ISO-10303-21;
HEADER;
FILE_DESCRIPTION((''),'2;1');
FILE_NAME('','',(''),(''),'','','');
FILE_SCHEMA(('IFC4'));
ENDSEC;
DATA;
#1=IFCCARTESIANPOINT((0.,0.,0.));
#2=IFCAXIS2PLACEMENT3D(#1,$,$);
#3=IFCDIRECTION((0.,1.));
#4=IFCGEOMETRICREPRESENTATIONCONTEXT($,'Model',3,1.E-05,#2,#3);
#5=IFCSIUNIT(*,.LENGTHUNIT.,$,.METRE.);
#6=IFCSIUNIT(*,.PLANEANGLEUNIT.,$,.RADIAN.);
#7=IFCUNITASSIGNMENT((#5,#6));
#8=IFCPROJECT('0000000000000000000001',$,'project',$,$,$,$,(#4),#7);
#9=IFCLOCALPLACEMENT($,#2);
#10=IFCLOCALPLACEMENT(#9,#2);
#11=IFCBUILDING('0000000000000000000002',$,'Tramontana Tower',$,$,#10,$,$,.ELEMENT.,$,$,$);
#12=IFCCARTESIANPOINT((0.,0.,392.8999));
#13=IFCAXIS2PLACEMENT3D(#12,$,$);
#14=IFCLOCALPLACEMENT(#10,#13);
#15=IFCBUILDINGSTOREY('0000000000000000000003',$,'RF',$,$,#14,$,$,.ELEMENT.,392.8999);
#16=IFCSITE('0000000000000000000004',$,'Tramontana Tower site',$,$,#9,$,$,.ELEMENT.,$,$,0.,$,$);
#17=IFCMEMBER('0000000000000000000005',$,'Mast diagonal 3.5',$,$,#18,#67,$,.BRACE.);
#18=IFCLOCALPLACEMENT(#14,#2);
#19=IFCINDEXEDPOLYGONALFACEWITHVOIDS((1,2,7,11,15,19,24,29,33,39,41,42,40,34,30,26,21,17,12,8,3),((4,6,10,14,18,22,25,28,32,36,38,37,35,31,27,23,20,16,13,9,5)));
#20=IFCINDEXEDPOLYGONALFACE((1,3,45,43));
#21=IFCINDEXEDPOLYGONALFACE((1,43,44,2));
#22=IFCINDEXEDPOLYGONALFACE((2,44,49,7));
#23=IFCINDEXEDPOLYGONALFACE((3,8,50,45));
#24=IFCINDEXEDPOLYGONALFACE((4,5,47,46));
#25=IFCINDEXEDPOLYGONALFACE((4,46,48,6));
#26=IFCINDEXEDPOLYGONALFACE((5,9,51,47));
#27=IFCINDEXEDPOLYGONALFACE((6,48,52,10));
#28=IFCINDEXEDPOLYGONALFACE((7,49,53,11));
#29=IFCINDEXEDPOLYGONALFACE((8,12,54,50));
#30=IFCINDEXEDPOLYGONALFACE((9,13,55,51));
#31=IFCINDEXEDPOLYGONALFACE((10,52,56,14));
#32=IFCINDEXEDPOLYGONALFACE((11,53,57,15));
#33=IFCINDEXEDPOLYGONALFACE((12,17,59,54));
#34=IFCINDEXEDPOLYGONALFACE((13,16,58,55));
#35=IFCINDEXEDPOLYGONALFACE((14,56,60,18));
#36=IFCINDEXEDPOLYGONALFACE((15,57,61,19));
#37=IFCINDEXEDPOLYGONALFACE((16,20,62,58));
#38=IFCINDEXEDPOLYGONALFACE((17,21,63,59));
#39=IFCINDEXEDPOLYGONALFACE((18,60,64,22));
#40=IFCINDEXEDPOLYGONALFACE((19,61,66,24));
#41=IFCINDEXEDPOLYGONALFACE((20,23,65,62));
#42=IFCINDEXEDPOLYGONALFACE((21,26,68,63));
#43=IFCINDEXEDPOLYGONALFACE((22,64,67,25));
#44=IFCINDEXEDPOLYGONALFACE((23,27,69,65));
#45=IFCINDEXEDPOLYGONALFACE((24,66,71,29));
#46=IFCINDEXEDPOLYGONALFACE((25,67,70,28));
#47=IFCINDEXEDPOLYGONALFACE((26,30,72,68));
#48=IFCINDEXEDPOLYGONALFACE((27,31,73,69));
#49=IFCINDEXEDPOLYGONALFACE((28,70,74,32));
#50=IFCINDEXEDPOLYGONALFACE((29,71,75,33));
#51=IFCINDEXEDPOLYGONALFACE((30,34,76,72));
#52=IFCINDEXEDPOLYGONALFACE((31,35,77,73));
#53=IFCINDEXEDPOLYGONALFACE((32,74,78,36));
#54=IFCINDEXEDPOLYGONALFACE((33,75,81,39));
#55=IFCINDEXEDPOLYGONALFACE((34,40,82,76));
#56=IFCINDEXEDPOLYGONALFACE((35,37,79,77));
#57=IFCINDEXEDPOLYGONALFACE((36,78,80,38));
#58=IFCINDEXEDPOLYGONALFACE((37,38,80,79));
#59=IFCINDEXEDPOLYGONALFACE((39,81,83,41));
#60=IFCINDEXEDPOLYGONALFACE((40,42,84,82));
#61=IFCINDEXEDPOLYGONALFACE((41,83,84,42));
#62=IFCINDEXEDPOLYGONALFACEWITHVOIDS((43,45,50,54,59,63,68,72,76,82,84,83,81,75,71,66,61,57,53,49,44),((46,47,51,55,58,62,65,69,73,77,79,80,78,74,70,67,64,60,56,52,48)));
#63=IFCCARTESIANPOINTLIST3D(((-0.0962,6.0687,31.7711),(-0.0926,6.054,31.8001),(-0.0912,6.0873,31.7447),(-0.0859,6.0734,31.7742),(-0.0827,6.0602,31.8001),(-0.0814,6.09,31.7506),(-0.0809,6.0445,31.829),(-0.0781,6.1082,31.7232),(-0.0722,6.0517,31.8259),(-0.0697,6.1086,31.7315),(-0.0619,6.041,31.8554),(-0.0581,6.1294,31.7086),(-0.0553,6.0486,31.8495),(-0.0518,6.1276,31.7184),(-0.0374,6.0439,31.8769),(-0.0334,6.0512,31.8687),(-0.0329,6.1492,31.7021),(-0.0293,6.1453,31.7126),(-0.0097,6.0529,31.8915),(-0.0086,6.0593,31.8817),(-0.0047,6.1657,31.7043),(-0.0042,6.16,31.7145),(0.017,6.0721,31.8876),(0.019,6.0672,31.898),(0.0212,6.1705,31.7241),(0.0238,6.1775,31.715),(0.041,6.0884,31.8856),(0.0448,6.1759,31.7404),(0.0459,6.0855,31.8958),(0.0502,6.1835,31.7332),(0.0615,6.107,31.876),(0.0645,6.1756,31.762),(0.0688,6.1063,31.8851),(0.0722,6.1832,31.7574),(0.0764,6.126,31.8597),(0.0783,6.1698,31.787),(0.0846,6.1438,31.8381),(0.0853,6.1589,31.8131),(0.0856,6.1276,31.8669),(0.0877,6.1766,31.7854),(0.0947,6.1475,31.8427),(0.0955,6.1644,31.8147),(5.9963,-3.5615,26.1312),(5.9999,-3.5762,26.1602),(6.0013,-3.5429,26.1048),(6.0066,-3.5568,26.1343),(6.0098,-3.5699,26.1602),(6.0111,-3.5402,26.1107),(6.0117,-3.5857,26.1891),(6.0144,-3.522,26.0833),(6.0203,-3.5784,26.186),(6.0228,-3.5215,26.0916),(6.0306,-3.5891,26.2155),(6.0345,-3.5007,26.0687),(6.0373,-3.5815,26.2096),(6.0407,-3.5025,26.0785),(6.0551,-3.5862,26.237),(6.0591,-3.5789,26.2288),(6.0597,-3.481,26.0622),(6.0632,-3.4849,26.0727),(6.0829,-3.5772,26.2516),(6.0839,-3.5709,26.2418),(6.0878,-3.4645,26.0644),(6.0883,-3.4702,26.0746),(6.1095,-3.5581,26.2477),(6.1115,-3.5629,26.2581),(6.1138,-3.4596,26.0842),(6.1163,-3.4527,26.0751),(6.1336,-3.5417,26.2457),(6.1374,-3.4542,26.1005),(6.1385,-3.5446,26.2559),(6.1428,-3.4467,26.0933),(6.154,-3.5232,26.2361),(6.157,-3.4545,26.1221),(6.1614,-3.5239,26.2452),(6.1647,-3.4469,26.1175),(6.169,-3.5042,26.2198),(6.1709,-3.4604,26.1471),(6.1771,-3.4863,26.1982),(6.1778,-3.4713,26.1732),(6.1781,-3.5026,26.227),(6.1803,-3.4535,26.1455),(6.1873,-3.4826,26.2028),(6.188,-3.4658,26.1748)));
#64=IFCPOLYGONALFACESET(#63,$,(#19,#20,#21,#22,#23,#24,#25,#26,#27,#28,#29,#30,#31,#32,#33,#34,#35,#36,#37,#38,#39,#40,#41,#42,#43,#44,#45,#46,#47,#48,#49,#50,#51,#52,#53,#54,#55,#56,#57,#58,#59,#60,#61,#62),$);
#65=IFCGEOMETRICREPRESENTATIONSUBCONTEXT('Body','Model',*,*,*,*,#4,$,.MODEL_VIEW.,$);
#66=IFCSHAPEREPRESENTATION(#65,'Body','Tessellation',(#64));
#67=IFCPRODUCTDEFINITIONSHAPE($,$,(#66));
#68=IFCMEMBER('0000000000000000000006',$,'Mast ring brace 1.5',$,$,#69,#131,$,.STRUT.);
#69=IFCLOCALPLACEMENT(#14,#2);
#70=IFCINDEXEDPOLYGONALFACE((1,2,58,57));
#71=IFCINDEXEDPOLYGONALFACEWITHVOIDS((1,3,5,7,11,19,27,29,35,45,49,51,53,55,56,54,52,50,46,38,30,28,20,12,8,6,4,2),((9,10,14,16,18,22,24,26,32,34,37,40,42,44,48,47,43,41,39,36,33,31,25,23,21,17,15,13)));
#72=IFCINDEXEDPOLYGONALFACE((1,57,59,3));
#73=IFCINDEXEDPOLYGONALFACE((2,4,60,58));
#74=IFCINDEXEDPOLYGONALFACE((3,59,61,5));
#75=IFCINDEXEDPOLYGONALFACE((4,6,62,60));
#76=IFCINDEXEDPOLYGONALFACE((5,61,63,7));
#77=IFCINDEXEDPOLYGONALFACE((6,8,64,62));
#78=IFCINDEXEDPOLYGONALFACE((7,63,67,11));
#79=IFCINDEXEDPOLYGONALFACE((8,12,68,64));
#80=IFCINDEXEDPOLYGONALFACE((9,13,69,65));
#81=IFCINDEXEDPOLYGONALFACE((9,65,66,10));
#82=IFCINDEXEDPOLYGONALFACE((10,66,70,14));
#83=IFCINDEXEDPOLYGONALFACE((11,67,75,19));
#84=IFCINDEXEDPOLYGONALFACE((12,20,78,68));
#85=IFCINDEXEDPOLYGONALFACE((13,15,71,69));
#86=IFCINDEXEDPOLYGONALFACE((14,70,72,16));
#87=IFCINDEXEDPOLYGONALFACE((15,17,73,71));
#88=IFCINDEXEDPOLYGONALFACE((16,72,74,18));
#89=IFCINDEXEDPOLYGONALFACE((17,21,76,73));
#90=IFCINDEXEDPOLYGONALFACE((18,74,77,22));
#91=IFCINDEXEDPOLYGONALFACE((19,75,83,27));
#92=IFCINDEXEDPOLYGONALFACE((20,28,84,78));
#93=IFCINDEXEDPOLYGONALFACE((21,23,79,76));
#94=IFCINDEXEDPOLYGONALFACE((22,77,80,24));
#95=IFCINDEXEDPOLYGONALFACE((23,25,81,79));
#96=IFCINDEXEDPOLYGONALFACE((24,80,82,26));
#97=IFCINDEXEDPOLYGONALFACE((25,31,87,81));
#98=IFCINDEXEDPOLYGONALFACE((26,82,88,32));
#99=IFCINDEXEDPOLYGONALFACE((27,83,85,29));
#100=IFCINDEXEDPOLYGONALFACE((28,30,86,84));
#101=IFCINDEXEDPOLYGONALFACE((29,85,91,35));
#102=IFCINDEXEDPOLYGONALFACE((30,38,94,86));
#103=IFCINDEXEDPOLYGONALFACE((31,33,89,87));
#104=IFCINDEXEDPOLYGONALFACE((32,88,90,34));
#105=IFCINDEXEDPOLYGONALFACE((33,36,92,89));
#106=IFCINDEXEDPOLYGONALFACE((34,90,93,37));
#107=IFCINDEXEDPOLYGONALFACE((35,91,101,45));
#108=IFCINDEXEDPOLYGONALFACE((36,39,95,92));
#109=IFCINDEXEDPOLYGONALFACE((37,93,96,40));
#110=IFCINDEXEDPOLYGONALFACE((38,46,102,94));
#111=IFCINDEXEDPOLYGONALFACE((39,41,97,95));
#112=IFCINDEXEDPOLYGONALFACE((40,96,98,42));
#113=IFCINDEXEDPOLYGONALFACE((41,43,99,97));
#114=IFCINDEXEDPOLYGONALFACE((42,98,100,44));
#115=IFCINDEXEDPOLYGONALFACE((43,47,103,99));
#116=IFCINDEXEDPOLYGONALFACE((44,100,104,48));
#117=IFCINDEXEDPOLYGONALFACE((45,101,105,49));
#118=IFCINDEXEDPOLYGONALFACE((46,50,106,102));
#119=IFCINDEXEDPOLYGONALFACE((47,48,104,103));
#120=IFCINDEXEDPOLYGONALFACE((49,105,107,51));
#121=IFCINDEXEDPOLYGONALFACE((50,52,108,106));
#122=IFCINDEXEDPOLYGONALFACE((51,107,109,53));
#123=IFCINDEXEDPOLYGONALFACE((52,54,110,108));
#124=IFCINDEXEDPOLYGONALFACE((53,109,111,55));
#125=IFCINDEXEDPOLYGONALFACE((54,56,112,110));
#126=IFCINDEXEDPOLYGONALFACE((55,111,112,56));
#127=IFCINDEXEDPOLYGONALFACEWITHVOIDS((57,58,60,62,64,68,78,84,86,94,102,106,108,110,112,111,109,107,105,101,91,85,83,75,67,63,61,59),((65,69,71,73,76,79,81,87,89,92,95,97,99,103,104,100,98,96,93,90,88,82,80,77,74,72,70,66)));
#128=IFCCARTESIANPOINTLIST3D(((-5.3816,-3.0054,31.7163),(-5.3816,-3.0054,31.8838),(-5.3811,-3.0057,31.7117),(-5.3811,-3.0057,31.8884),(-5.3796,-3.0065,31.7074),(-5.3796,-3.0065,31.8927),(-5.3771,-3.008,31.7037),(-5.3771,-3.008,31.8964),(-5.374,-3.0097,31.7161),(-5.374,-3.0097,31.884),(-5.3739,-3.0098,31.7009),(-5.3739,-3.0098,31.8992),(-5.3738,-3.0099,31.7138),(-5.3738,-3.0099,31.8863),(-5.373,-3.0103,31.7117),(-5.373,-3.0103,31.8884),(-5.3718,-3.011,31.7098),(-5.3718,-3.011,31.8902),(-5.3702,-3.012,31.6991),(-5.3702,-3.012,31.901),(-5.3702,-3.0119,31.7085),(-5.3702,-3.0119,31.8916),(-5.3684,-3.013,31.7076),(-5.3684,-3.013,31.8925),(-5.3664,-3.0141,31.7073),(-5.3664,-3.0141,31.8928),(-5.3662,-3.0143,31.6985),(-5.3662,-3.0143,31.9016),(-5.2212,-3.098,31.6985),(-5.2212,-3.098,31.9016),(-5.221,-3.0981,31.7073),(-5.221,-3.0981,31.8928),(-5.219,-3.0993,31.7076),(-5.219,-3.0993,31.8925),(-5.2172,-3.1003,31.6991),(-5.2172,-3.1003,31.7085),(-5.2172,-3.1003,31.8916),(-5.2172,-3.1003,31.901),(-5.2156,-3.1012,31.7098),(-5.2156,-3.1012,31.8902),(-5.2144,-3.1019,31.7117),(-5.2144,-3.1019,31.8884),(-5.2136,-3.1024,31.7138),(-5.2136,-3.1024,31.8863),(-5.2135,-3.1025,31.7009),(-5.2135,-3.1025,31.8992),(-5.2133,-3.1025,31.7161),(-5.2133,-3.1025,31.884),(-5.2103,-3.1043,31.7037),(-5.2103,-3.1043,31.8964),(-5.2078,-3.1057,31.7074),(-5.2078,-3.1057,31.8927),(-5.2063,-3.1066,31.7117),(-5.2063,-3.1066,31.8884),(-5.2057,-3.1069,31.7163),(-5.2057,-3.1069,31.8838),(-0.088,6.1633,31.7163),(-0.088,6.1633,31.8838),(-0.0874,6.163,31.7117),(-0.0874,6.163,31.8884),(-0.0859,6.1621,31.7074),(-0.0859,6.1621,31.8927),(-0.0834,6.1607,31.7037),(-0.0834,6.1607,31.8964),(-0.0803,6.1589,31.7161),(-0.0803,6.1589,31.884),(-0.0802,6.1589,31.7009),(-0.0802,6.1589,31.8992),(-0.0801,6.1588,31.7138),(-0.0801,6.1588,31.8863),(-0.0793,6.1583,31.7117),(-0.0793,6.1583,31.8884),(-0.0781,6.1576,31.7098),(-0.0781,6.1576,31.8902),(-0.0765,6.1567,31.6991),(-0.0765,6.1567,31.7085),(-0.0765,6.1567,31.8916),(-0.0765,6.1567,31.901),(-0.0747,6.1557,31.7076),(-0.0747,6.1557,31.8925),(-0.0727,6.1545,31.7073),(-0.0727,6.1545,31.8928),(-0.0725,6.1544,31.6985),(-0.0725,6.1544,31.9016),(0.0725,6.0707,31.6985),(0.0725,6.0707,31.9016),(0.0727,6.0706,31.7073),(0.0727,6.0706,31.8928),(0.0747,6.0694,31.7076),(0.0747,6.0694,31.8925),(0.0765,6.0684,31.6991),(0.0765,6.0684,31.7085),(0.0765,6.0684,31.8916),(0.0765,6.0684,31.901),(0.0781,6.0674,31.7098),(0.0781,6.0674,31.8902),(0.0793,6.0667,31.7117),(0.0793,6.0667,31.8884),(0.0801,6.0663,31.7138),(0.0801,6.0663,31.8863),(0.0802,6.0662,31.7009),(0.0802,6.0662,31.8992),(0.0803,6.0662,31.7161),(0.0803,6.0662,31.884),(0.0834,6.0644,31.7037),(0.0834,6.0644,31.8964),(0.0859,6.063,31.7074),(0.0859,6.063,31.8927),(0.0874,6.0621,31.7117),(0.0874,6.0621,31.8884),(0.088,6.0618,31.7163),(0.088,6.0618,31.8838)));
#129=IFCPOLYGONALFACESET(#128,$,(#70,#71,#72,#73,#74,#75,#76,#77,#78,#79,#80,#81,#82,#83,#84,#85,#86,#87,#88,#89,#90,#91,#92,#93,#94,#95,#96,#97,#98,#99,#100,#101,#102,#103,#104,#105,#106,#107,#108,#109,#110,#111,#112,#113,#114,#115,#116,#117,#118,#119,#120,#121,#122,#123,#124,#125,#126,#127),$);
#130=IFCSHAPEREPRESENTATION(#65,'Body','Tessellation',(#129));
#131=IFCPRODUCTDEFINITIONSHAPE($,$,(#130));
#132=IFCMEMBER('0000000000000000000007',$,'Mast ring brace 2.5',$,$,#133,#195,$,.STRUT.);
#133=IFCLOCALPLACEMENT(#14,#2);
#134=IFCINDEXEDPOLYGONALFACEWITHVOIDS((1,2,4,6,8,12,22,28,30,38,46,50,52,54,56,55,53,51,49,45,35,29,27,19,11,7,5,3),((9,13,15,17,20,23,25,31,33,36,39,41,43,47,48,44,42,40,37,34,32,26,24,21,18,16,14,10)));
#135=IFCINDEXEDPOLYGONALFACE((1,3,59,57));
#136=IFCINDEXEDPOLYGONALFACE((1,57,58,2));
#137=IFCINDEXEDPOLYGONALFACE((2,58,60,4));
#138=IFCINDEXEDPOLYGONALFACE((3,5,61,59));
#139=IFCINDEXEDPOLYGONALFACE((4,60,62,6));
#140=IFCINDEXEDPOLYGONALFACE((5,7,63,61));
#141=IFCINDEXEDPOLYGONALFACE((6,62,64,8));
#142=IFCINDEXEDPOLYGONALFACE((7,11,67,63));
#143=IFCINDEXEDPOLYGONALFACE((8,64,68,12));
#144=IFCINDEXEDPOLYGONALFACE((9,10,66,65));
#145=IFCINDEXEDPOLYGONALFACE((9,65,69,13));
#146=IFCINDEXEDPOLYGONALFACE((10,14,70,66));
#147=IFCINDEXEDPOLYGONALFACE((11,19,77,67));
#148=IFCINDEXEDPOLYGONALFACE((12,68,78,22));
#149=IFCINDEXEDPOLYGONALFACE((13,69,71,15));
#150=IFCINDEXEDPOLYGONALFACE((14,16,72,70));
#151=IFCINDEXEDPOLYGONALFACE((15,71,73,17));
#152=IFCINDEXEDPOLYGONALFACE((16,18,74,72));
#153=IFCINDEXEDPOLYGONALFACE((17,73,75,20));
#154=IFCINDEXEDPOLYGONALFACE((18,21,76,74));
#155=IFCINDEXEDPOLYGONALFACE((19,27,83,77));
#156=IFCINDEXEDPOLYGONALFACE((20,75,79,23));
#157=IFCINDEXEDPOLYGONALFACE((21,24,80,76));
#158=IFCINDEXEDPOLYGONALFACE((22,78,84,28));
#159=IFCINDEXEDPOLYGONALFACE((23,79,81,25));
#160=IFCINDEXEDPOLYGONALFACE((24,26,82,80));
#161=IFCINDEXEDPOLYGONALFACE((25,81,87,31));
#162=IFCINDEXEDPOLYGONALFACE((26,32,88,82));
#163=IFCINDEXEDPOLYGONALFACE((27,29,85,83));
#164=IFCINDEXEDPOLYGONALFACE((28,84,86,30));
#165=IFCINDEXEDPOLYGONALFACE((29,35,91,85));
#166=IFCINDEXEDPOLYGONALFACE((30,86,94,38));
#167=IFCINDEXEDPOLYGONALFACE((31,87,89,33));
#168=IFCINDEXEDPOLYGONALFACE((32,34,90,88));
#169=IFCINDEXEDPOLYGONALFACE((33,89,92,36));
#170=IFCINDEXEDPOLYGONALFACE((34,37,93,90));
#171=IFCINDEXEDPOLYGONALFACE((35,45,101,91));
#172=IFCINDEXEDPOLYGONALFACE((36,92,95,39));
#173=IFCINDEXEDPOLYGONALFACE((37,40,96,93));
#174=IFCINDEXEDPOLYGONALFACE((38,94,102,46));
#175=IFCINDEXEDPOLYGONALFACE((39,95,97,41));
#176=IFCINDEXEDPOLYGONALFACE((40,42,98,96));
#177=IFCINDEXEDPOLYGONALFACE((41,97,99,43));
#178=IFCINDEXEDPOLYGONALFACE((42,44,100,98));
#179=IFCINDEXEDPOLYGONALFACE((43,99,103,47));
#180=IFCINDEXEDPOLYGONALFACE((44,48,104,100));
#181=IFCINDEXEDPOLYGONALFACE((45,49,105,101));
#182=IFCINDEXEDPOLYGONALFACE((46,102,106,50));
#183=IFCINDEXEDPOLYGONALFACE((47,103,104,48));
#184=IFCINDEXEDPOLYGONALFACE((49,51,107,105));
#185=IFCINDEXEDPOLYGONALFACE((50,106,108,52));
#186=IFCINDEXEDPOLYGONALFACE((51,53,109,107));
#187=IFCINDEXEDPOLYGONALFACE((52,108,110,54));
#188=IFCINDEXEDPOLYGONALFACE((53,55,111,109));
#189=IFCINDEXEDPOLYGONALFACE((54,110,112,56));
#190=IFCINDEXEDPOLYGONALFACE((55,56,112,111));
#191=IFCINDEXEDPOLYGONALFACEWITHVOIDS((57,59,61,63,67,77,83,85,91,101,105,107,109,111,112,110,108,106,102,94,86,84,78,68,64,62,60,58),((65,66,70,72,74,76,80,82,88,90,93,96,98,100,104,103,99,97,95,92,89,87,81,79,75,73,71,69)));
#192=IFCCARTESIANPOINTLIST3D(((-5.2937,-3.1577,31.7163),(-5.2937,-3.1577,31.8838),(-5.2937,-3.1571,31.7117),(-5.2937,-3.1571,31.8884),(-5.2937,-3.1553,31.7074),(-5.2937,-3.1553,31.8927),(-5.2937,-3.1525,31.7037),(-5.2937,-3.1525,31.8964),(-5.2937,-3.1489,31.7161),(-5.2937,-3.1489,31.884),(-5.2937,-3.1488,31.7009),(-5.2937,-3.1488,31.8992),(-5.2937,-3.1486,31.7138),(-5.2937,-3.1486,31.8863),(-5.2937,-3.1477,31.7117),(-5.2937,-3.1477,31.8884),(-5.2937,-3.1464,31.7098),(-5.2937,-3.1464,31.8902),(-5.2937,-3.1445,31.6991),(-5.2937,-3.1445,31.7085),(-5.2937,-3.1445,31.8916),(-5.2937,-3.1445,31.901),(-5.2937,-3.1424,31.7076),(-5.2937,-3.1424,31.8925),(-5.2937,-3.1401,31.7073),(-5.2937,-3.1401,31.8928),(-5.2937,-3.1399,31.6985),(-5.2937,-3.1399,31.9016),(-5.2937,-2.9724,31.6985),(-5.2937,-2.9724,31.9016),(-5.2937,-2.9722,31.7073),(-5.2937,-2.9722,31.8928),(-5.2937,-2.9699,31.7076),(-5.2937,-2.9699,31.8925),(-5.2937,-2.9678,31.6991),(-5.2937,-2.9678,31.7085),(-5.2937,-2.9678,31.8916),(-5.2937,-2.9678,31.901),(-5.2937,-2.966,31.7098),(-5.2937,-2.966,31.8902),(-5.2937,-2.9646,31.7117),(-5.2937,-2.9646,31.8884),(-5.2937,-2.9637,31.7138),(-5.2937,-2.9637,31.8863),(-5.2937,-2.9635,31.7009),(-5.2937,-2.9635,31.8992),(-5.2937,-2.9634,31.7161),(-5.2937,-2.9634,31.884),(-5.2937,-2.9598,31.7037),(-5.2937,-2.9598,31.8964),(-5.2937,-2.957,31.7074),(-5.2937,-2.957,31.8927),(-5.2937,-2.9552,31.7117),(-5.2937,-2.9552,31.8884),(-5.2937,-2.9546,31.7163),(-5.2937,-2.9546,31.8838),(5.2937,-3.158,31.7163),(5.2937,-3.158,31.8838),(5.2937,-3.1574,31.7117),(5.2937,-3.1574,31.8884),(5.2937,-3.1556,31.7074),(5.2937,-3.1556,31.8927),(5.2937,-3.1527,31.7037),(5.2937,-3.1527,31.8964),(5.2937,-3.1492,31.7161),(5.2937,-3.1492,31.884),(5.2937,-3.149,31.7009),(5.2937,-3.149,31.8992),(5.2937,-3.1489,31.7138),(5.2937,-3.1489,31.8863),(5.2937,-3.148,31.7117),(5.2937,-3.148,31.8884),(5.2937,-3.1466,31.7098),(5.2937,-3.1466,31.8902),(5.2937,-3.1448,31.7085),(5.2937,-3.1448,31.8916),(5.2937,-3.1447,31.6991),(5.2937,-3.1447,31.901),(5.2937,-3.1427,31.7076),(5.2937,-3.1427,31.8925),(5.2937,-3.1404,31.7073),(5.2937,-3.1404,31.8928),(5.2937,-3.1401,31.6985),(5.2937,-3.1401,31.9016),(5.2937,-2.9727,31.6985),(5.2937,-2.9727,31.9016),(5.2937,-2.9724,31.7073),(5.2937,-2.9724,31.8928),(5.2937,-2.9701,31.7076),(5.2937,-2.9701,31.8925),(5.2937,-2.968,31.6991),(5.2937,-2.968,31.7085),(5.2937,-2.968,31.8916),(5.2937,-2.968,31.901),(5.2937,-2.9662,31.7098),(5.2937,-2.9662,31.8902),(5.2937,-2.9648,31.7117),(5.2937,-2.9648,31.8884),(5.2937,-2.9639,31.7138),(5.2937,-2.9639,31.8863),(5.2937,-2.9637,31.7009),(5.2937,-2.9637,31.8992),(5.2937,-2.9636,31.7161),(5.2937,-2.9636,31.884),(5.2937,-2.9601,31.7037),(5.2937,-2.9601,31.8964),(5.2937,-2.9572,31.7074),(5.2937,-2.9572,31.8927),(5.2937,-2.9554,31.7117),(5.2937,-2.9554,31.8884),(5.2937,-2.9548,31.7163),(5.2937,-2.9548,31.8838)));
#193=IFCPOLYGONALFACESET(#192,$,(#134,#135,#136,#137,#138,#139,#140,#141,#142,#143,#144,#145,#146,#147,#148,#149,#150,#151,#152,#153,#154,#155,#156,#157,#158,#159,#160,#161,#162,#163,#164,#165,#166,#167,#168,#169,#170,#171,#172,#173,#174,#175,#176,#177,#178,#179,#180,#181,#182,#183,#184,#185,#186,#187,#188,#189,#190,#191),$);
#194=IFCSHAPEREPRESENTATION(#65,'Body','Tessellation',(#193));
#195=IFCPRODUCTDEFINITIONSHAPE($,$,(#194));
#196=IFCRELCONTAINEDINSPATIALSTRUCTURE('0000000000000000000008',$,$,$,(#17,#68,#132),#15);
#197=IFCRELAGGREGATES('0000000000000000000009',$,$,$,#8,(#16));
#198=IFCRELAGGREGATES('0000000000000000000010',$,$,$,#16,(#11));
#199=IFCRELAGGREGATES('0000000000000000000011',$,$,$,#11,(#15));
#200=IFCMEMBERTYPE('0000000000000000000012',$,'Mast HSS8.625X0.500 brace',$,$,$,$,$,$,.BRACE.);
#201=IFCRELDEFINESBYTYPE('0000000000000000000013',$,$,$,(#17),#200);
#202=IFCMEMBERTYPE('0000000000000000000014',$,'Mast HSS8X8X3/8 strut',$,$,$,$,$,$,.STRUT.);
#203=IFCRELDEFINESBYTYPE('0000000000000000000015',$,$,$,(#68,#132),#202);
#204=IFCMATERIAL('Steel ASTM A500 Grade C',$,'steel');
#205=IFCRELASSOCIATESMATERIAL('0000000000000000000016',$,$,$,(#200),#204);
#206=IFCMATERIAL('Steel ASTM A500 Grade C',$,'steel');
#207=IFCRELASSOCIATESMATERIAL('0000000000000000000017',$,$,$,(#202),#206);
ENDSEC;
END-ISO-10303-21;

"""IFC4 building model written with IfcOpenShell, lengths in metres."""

from ifc_helpers import new_model, si_unit, direction, frame, origin, origin_2d, place, context, subcontext, project, spatial, hollow_rectangle, hollow_circle, extrude, material, material_profile, profile_set, type_object, element, save


model = new_model("IFC4")

# Units and contexts
model_context = context("Model", 3, precision=1e-05, world=origin(), true_north=direction((0.0, 1.0)))
body_context = subcontext(model_context, "Body", "Model", "MODEL_VIEW")
ifc_project = project(units=[si_unit("LENGTHUNIT", "METRE"), si_unit("PLANEANGLEUNIT", "RADIAN")], contexts=[model_context])

# Site, building, storey
site_placement = place(None, origin())
site = spatial("IfcSite", under=ifc_project, at=site_placement, Name="Tramontana Tower site", CompositionType="ELEMENT", RefElevation=0.0)
building_placement = place(site_placement, origin())
building = spatial("IfcBuilding", under=site, at=building_placement, Name="Tramontana Tower", CompositionType="ELEMENT")
storey_placement = place(building_placement, frame((0.0, 0.0, 392.8999)))
storey = spatial("IfcBuildingStorey", under=building, at=storey_placement, Name="RF", CompositionType="ELEMENT", Elevation=392.8999)

# Members
ifc_material_1 = material(Name="Steel ASTM A500 Grade C", Category="steel")
ifc_material_profile_1 = material_profile(ifc_material_1, hollow_circle(Radius=0.1096, WallThickness=0.0117, at=origin_2d()), Name="HSS8.625X0.500")
ifc_profile_set_1 = profile_set([ifc_material_profile_1], Name="Steel ASTM A500 Grade C")
member_type_1 = type_object("IfcMemberType", Name="Mast HSS8.625X0.500 brace", PredefinedType="BRACE", material=ifc_profile_set_1)
for number, where, z_axis, x_axis, name in (
    (1, (6.0925, -3.5176, 26.1602), (-0.479168, 0.757394, 0.443568), (-0.845079, -0.534642, 0.0), "Mast diagonal 3.5"),
):
    element("IfcMember", number, at=place(storey_placement, frame(where, z_axis=z_axis, x_axis=x_axis)), inside=storey, type_object=member_type_1, Name=name, PredefinedType="BRACE", context=body_context, shape_type="SweptSolid", body=[
        extrude(hollow_circle(Radius=0.1096, WallThickness=0.0117, at=origin_2d()), origin(), (0.0, 0.0, 1.0), 12.7148),
    ])
ifc_material_2 = material(Name="Steel ASTM A500 Grade C", Category="steel")
ifc_material_profile_2 = material_profile(ifc_material_2, hollow_rectangle(XDim=0.2031, YDim=0.2031, WallThickness=0.0088, InnerFilletRadius=0.0088, OuterFilletRadius=0.0178, at=origin_2d()), Name="HSS8X8X3/8")
ifc_profile_set_2 = profile_set([ifc_material_profile_2], Name="Steel ASTM A500 Grade C")
member_type_2 = type_object("IfcMemberType", Name="Mast HSS8X8X3/8 strut", PredefinedType="STRUT", material=ifc_profile_set_2)
member_1_placement = place(storey_placement, frame((0.0, 6.1125, 31.8), z_axis=(-0.500011, -0.866019, 0.0), x_axis=(0.866019, -0.500011, 0.0)))
element("IfcMember", 2, at=member_1_placement, inside=storey, type_object=member_type_2, Name="Mast ring brace 1.5", PredefinedType="STRUT", context=body_context, shape_type="SweptSolid", body=[
    extrude(hollow_rectangle(XDim=0.2031, YDim=0.2031, WallThickness=0.0088, InnerFilletRadius=0.0088, OuterFilletRadius=0.0178, at=origin_2d()), origin(), (0.0, 0.0, 1.0), 10.5872),
])
for number, where, z_axis, x_axis, name in (
    (3, (-5.2937, -3.0562, 31.8), (1.0, -0.000023, 0.0), (0.000023, 1.0, 0.0), "Mast ring brace 2.5"),
):
    element("IfcMember", number, at=place(storey_placement, frame(where, z_axis=z_axis, x_axis=x_axis)), inside=storey, type_object=member_type_2, Name=name, PredefinedType="STRUT", context=body_context, shape_type="SweptSolid", body=[
        extrude(hollow_rectangle(XDim=0.2031, YDim=0.2031, WallThickness=0.0088, InnerFilletRadius=0.0088, OuterFilletRadius=0.0178, at=origin_2d()), origin(), (0.0, 0.0, 1.0), 10.5874),
    ])

save(model, "model.ifc")
